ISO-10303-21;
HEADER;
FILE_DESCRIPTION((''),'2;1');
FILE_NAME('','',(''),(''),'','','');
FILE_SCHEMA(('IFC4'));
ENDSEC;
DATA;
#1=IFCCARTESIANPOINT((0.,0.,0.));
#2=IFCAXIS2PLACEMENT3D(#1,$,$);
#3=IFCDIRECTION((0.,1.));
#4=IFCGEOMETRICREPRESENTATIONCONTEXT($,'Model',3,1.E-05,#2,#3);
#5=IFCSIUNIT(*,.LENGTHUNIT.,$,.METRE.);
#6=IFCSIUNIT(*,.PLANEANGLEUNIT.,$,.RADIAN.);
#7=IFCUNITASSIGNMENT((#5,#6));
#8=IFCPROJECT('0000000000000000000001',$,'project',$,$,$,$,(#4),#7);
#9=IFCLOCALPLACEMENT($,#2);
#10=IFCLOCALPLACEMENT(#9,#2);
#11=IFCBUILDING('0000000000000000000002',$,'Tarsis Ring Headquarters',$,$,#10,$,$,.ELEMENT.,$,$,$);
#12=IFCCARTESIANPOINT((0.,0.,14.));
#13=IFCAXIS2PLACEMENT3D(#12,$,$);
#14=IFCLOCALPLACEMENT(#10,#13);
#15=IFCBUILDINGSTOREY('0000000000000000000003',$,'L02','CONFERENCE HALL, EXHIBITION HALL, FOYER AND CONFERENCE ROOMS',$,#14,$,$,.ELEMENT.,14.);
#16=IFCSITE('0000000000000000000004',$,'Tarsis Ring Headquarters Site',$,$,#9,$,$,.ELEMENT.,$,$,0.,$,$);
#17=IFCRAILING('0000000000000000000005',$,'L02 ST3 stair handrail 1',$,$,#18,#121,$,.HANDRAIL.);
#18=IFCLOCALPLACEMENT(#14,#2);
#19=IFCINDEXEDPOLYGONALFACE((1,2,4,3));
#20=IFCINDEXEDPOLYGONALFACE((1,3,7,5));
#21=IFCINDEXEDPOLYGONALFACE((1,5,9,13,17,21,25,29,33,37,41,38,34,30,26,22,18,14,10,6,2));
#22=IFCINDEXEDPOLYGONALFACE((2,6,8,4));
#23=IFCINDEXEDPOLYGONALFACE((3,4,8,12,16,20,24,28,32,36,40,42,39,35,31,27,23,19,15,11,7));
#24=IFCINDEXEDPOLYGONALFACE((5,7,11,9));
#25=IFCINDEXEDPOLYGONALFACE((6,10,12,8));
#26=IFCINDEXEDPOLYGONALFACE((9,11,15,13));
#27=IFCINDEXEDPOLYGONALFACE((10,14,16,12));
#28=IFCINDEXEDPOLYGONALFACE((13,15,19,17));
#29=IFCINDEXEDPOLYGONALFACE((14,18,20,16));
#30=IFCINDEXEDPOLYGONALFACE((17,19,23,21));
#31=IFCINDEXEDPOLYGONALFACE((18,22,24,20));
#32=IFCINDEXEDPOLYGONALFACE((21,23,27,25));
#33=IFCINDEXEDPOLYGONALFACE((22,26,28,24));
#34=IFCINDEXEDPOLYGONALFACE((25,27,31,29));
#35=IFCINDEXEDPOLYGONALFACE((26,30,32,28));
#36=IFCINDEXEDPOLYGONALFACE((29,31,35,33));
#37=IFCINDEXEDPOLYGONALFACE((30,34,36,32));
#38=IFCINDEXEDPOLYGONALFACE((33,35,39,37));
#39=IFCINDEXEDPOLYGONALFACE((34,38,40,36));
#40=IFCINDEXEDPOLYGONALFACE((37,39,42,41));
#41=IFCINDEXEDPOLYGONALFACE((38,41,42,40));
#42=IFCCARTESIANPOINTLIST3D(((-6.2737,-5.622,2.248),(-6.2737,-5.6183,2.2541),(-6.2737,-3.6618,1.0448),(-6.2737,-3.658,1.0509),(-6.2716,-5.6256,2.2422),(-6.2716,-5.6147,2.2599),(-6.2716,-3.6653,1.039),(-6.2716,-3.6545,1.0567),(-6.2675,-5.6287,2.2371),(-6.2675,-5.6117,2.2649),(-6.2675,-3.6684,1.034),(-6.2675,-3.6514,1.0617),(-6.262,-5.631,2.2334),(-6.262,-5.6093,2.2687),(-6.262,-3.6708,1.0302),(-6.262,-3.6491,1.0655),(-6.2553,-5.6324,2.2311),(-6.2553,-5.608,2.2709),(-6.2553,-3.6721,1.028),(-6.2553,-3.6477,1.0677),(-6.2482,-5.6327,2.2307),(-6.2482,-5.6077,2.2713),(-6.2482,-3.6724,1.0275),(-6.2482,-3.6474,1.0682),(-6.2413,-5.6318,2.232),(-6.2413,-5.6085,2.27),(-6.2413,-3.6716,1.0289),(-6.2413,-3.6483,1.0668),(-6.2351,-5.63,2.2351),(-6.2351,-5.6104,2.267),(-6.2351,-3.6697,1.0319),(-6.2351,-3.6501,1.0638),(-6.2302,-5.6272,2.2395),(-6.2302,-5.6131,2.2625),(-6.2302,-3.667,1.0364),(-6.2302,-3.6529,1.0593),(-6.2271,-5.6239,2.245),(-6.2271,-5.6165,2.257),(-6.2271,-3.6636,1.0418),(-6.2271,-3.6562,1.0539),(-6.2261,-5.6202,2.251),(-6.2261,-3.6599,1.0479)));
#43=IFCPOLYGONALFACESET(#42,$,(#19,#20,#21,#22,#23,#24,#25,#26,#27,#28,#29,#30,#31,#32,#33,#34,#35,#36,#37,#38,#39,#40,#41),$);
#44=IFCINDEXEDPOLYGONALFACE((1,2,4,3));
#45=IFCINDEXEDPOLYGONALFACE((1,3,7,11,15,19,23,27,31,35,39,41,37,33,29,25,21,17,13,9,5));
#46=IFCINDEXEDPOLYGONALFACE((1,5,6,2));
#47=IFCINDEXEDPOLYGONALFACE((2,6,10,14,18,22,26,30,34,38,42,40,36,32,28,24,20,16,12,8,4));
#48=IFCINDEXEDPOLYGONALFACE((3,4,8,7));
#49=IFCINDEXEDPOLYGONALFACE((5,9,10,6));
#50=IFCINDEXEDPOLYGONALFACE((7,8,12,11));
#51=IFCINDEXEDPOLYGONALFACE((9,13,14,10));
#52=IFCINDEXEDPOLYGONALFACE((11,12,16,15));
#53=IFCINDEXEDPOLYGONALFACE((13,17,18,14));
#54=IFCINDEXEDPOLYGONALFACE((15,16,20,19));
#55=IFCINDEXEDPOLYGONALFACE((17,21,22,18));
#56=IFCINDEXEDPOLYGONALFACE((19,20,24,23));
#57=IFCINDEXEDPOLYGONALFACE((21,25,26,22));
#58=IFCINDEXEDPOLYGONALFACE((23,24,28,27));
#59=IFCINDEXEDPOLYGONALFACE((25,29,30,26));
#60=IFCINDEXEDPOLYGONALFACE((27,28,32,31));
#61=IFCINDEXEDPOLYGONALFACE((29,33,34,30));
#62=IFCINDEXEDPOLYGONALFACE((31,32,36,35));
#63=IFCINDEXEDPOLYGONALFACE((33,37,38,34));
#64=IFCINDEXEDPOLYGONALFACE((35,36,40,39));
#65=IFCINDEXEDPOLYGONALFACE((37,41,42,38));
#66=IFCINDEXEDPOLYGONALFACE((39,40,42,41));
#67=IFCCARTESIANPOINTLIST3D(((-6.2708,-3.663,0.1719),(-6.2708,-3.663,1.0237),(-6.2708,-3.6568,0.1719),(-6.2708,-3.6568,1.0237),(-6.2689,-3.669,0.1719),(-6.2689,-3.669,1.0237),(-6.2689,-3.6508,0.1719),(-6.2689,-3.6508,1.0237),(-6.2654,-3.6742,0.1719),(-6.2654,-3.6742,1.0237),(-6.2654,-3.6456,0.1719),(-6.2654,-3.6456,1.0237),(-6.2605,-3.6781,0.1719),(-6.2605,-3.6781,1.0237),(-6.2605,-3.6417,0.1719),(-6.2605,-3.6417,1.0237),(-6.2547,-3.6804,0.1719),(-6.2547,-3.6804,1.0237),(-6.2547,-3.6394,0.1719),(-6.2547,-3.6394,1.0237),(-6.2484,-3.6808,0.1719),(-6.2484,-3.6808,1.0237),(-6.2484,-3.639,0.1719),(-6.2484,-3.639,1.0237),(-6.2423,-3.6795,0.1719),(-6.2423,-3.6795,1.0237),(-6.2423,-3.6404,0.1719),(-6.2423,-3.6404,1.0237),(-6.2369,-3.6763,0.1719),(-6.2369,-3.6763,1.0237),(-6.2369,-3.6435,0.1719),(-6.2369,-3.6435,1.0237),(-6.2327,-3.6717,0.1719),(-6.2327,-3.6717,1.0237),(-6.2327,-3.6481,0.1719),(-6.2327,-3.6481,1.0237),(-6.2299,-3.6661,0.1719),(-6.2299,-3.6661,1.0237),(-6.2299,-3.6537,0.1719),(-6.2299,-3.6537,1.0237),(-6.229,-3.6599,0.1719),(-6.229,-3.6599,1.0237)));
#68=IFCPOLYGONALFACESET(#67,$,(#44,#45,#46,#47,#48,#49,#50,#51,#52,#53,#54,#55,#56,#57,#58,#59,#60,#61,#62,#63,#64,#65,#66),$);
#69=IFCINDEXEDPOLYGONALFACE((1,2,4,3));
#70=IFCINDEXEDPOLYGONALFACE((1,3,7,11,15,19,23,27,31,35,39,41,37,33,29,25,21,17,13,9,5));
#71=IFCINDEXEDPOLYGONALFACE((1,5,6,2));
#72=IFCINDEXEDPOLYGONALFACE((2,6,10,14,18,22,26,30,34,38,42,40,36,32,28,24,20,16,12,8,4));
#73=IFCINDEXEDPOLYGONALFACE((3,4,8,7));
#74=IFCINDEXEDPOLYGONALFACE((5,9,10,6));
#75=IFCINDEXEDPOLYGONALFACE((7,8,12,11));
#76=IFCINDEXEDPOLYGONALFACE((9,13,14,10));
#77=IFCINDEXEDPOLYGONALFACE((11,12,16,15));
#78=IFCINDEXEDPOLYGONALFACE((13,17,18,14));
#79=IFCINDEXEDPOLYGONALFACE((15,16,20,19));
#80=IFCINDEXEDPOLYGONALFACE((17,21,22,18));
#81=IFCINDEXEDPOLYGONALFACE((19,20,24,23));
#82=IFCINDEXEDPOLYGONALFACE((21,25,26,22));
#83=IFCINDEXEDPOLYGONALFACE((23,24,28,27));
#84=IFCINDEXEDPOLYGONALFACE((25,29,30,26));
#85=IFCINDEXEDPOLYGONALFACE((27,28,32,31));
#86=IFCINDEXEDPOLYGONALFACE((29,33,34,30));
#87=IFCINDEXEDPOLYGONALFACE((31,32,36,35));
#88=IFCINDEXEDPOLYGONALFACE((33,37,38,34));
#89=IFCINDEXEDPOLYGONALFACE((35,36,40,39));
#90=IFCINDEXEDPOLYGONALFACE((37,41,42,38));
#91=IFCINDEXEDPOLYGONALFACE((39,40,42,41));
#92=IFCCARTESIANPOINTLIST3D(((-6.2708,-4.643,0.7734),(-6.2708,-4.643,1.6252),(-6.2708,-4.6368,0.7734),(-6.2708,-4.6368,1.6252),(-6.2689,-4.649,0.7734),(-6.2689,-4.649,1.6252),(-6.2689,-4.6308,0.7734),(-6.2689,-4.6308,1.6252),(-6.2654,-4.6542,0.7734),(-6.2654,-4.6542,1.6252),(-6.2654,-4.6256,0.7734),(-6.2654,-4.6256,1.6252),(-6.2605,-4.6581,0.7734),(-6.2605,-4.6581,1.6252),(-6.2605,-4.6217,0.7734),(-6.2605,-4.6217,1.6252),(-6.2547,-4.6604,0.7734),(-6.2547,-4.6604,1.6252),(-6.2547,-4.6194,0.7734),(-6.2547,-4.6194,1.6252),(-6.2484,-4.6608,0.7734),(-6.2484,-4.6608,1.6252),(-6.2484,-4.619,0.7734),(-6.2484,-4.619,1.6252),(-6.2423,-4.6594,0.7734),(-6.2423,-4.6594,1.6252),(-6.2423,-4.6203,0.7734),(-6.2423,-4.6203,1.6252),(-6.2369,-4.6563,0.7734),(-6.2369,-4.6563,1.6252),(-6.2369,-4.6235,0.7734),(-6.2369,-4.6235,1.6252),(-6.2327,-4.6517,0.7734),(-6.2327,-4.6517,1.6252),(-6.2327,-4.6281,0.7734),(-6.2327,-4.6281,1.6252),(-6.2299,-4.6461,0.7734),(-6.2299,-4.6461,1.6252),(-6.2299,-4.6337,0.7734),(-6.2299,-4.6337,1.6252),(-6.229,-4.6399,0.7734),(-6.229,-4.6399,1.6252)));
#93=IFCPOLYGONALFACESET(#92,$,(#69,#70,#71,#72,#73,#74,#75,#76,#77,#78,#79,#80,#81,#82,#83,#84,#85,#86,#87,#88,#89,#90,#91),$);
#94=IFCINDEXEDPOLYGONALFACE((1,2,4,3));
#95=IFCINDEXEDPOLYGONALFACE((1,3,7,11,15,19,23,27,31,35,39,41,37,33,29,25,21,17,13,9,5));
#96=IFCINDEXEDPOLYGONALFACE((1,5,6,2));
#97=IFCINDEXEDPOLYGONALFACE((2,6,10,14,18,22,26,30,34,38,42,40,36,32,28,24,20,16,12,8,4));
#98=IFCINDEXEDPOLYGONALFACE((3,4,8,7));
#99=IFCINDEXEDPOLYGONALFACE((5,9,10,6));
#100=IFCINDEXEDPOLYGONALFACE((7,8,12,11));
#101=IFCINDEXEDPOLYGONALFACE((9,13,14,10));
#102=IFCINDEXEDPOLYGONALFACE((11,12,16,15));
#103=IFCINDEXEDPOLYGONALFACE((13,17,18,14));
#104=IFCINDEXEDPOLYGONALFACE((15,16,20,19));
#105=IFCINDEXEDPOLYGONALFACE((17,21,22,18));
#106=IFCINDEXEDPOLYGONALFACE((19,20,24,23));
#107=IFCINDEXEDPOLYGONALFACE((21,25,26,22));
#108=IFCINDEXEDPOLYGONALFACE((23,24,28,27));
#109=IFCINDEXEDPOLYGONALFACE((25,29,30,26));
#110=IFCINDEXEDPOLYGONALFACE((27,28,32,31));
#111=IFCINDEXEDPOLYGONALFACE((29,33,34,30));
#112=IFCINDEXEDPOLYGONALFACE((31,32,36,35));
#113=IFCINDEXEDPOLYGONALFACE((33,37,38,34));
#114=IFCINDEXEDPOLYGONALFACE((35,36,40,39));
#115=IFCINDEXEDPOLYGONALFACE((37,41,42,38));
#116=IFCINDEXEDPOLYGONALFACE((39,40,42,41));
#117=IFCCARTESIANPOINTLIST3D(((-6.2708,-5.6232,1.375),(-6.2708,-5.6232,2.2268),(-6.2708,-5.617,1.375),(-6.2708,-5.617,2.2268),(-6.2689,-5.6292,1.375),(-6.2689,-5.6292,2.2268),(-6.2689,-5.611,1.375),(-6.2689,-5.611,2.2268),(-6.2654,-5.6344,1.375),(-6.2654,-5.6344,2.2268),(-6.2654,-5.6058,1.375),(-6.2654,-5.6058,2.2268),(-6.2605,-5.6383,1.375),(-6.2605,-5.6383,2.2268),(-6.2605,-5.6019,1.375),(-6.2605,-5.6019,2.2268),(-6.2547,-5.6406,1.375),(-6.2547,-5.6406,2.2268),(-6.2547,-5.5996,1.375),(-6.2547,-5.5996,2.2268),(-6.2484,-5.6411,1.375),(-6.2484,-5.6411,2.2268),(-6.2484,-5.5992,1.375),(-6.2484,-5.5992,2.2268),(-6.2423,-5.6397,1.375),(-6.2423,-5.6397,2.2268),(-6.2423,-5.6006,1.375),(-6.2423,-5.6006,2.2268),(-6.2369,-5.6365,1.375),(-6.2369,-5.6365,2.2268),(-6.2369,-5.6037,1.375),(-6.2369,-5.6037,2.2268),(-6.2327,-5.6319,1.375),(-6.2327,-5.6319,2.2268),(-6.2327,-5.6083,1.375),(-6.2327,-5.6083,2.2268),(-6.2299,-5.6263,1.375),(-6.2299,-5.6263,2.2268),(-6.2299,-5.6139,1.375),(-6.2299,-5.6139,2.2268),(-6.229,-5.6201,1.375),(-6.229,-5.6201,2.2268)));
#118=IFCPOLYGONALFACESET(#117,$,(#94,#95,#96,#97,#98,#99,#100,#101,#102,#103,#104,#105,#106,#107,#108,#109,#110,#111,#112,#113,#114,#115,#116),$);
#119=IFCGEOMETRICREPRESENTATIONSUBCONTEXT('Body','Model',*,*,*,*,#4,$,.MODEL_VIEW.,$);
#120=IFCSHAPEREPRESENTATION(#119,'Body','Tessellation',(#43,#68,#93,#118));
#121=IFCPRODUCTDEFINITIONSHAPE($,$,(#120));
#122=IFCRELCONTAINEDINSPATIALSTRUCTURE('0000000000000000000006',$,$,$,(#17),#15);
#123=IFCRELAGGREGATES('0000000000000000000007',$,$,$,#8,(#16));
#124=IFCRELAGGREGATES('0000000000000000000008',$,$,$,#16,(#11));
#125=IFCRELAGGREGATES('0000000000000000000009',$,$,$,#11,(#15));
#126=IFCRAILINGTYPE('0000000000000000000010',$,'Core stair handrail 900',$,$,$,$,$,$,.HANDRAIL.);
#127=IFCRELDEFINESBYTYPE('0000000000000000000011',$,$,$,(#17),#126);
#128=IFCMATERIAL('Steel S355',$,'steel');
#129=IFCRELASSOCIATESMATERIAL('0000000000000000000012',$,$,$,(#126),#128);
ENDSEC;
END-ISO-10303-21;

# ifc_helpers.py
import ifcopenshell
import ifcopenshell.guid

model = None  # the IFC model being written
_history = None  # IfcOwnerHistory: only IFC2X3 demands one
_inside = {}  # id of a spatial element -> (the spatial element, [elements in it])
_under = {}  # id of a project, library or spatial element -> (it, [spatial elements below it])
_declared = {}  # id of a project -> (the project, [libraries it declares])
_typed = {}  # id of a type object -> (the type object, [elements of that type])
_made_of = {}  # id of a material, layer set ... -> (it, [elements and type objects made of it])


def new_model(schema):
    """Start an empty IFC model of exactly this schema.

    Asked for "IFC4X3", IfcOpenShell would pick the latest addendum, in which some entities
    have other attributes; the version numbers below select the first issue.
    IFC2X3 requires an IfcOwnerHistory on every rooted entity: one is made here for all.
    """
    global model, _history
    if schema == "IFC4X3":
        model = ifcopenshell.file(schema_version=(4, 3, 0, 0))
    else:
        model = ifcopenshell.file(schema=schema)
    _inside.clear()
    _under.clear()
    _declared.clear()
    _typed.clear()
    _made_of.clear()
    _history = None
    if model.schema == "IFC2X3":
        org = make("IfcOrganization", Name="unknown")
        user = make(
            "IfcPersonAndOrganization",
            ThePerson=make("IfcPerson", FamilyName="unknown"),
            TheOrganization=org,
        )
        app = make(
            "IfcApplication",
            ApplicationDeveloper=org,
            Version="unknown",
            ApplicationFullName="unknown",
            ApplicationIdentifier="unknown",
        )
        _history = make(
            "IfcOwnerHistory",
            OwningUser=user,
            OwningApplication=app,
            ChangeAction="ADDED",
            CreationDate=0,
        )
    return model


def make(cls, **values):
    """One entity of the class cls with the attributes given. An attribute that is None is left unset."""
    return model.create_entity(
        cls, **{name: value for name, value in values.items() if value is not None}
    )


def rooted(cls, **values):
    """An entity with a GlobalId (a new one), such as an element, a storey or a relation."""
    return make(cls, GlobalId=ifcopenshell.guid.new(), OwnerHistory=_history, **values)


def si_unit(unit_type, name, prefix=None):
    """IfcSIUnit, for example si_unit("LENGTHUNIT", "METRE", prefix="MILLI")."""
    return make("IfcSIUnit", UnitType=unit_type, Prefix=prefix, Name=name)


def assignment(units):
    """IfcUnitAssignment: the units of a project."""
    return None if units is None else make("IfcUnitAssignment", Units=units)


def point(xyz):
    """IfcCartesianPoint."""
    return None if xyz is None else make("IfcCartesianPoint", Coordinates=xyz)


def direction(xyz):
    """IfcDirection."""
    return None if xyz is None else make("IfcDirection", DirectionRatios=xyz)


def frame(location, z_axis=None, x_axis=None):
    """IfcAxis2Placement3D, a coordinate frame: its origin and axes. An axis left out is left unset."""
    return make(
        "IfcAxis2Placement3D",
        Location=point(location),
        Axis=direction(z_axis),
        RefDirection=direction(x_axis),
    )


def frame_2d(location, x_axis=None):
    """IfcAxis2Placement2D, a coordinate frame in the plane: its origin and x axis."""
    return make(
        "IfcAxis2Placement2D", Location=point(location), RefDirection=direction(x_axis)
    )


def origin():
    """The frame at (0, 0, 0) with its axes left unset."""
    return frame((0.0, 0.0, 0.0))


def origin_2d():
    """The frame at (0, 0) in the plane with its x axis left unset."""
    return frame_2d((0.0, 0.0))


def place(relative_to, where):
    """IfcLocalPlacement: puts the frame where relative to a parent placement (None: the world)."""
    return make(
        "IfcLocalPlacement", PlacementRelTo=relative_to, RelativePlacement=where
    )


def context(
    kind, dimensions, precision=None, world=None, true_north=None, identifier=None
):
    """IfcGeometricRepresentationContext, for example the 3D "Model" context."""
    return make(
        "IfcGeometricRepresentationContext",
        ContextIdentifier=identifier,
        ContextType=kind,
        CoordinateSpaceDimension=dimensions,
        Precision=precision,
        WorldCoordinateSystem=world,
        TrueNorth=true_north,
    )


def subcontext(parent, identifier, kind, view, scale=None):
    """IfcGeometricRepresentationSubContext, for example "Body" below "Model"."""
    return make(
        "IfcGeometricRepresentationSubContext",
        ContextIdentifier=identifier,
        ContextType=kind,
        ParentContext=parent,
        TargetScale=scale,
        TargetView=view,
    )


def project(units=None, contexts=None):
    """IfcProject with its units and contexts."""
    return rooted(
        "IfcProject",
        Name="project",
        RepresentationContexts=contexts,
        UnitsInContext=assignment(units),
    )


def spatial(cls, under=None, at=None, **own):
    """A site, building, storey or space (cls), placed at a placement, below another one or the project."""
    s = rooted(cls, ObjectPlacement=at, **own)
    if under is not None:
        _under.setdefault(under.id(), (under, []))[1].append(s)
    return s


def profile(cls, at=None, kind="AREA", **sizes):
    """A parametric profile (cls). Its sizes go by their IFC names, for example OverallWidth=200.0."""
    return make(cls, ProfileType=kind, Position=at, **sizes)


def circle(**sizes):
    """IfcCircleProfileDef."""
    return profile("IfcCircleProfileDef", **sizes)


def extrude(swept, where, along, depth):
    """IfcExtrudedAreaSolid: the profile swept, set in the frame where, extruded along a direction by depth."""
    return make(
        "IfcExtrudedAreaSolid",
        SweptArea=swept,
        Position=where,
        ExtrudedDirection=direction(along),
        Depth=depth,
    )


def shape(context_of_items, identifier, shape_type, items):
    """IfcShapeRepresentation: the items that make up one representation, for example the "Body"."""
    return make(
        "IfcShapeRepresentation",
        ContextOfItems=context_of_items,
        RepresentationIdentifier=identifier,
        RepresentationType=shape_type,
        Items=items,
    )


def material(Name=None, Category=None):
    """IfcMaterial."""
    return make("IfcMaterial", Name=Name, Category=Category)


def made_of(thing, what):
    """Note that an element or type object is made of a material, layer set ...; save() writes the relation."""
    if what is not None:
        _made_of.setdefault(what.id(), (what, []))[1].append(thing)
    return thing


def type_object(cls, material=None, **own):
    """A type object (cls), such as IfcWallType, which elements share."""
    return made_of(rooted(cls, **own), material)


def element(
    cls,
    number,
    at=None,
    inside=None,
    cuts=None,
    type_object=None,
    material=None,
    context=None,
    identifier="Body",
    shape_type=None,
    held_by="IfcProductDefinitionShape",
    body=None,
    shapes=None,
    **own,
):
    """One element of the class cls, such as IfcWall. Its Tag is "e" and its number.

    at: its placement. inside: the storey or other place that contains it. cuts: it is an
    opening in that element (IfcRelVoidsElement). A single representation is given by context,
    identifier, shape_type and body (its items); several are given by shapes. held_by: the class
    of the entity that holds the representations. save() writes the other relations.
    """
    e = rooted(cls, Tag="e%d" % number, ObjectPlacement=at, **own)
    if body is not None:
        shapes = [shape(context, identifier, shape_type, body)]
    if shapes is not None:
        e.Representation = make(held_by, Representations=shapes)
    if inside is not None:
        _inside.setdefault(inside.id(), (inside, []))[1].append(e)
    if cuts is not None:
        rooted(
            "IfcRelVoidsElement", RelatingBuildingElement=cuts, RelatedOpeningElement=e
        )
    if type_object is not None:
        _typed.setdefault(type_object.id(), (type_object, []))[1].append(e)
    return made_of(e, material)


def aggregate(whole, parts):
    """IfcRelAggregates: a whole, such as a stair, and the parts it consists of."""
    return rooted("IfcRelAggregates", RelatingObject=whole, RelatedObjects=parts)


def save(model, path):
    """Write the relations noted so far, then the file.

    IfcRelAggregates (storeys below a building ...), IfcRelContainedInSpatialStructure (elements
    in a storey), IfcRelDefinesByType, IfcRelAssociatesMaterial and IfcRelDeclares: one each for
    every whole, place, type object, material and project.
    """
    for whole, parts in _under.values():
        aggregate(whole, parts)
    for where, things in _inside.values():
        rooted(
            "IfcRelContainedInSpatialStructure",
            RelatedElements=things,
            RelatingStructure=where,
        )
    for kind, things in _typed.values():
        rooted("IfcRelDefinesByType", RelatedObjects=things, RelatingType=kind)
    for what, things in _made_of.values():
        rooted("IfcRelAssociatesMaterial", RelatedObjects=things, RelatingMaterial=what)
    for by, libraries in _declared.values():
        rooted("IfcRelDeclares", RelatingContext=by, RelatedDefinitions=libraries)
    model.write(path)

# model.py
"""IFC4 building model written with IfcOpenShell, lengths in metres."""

from ifc_helpers import new_model, si_unit, direction, frame, origin, origin_2d, place, context, subcontext, project, spatial, circle, extrude, material, type_object, element, save


model = new_model("IFC4")

# Units and contexts
model_context = context("Model", 3, precision=1e-05, world=origin(), true_north=direction((0.0, 1.0)))
body_context = subcontext(model_context, "Body", "Model", "MODEL_VIEW")
ifc_project = project(units=[si_unit("LENGTHUNIT", "METRE"), si_unit("PLANEANGLEUNIT", "RADIAN")], contexts=[model_context])

# Site, building, storey
site_placement = place(None, origin())
site = spatial("IfcSite", under=ifc_project, at=site_placement, Name="Tarsis Ring Headquarters Site", CompositionType="ELEMENT", RefElevation=0.0)
building_placement = place(site_placement, origin())
building = spatial("IfcBuilding", under=site, at=building_placement, Name="Tarsis Ring Headquarters", CompositionType="ELEMENT")
storey_placement = place(building_placement, frame((0.0, 0.0, 14.0)))
storey = spatial("IfcBuildingStorey", under=building, at=storey_placement, Name="L02", Description="CONFERENCE HALL, EXHIBITION HALL, FOYER AND CONFERENCE ROOMS", CompositionType="ELEMENT", Elevation=14.0)

# Railing
ifc_material_1 = material(Name="Steel S355", Category="steel")
railing_type_1 = type_object("IfcRailingType", Name="Core stair handrail 900", PredefinedType="HANDRAIL", material=ifc_material_1)
railing_1_placement = place(storey_placement, frame((-6.25, -3.6599, 0.1719)))
element("IfcRailing", 1, at=railing_1_placement, inside=storey, type_object=railing_type_1, Name="L02 ST3 stair handrail 1", PredefinedType="HANDRAIL", context=body_context, shape_type="SweptSolid", body=[
    extrude(circle(Radius=0.0239, at=origin_2d()), frame((0.0, 0.0, 0.876), z_axis=(0.0, -0.85227, 0.523102), x_axis=(1.0, 0.0, 0.0)), (0.0, 0.0, 1.0), 2.3),
    extrude(circle(Radius=0.021, at=origin_2d()), origin(), (0.0, 0.0, 1.0), 0.8518),
    extrude(circle(Radius=0.021, at=origin_2d()), frame((0.0, -0.98, 0.6016)), (0.0, 0.0, 1.0), 0.8518),
    extrude(circle(Radius=0.021, at=origin_2d()), frame((0.0, -1.9602, 1.2031)), (0.0, 0.0, 1.0), 0.8518),
])

save(model, "model.ifc")
